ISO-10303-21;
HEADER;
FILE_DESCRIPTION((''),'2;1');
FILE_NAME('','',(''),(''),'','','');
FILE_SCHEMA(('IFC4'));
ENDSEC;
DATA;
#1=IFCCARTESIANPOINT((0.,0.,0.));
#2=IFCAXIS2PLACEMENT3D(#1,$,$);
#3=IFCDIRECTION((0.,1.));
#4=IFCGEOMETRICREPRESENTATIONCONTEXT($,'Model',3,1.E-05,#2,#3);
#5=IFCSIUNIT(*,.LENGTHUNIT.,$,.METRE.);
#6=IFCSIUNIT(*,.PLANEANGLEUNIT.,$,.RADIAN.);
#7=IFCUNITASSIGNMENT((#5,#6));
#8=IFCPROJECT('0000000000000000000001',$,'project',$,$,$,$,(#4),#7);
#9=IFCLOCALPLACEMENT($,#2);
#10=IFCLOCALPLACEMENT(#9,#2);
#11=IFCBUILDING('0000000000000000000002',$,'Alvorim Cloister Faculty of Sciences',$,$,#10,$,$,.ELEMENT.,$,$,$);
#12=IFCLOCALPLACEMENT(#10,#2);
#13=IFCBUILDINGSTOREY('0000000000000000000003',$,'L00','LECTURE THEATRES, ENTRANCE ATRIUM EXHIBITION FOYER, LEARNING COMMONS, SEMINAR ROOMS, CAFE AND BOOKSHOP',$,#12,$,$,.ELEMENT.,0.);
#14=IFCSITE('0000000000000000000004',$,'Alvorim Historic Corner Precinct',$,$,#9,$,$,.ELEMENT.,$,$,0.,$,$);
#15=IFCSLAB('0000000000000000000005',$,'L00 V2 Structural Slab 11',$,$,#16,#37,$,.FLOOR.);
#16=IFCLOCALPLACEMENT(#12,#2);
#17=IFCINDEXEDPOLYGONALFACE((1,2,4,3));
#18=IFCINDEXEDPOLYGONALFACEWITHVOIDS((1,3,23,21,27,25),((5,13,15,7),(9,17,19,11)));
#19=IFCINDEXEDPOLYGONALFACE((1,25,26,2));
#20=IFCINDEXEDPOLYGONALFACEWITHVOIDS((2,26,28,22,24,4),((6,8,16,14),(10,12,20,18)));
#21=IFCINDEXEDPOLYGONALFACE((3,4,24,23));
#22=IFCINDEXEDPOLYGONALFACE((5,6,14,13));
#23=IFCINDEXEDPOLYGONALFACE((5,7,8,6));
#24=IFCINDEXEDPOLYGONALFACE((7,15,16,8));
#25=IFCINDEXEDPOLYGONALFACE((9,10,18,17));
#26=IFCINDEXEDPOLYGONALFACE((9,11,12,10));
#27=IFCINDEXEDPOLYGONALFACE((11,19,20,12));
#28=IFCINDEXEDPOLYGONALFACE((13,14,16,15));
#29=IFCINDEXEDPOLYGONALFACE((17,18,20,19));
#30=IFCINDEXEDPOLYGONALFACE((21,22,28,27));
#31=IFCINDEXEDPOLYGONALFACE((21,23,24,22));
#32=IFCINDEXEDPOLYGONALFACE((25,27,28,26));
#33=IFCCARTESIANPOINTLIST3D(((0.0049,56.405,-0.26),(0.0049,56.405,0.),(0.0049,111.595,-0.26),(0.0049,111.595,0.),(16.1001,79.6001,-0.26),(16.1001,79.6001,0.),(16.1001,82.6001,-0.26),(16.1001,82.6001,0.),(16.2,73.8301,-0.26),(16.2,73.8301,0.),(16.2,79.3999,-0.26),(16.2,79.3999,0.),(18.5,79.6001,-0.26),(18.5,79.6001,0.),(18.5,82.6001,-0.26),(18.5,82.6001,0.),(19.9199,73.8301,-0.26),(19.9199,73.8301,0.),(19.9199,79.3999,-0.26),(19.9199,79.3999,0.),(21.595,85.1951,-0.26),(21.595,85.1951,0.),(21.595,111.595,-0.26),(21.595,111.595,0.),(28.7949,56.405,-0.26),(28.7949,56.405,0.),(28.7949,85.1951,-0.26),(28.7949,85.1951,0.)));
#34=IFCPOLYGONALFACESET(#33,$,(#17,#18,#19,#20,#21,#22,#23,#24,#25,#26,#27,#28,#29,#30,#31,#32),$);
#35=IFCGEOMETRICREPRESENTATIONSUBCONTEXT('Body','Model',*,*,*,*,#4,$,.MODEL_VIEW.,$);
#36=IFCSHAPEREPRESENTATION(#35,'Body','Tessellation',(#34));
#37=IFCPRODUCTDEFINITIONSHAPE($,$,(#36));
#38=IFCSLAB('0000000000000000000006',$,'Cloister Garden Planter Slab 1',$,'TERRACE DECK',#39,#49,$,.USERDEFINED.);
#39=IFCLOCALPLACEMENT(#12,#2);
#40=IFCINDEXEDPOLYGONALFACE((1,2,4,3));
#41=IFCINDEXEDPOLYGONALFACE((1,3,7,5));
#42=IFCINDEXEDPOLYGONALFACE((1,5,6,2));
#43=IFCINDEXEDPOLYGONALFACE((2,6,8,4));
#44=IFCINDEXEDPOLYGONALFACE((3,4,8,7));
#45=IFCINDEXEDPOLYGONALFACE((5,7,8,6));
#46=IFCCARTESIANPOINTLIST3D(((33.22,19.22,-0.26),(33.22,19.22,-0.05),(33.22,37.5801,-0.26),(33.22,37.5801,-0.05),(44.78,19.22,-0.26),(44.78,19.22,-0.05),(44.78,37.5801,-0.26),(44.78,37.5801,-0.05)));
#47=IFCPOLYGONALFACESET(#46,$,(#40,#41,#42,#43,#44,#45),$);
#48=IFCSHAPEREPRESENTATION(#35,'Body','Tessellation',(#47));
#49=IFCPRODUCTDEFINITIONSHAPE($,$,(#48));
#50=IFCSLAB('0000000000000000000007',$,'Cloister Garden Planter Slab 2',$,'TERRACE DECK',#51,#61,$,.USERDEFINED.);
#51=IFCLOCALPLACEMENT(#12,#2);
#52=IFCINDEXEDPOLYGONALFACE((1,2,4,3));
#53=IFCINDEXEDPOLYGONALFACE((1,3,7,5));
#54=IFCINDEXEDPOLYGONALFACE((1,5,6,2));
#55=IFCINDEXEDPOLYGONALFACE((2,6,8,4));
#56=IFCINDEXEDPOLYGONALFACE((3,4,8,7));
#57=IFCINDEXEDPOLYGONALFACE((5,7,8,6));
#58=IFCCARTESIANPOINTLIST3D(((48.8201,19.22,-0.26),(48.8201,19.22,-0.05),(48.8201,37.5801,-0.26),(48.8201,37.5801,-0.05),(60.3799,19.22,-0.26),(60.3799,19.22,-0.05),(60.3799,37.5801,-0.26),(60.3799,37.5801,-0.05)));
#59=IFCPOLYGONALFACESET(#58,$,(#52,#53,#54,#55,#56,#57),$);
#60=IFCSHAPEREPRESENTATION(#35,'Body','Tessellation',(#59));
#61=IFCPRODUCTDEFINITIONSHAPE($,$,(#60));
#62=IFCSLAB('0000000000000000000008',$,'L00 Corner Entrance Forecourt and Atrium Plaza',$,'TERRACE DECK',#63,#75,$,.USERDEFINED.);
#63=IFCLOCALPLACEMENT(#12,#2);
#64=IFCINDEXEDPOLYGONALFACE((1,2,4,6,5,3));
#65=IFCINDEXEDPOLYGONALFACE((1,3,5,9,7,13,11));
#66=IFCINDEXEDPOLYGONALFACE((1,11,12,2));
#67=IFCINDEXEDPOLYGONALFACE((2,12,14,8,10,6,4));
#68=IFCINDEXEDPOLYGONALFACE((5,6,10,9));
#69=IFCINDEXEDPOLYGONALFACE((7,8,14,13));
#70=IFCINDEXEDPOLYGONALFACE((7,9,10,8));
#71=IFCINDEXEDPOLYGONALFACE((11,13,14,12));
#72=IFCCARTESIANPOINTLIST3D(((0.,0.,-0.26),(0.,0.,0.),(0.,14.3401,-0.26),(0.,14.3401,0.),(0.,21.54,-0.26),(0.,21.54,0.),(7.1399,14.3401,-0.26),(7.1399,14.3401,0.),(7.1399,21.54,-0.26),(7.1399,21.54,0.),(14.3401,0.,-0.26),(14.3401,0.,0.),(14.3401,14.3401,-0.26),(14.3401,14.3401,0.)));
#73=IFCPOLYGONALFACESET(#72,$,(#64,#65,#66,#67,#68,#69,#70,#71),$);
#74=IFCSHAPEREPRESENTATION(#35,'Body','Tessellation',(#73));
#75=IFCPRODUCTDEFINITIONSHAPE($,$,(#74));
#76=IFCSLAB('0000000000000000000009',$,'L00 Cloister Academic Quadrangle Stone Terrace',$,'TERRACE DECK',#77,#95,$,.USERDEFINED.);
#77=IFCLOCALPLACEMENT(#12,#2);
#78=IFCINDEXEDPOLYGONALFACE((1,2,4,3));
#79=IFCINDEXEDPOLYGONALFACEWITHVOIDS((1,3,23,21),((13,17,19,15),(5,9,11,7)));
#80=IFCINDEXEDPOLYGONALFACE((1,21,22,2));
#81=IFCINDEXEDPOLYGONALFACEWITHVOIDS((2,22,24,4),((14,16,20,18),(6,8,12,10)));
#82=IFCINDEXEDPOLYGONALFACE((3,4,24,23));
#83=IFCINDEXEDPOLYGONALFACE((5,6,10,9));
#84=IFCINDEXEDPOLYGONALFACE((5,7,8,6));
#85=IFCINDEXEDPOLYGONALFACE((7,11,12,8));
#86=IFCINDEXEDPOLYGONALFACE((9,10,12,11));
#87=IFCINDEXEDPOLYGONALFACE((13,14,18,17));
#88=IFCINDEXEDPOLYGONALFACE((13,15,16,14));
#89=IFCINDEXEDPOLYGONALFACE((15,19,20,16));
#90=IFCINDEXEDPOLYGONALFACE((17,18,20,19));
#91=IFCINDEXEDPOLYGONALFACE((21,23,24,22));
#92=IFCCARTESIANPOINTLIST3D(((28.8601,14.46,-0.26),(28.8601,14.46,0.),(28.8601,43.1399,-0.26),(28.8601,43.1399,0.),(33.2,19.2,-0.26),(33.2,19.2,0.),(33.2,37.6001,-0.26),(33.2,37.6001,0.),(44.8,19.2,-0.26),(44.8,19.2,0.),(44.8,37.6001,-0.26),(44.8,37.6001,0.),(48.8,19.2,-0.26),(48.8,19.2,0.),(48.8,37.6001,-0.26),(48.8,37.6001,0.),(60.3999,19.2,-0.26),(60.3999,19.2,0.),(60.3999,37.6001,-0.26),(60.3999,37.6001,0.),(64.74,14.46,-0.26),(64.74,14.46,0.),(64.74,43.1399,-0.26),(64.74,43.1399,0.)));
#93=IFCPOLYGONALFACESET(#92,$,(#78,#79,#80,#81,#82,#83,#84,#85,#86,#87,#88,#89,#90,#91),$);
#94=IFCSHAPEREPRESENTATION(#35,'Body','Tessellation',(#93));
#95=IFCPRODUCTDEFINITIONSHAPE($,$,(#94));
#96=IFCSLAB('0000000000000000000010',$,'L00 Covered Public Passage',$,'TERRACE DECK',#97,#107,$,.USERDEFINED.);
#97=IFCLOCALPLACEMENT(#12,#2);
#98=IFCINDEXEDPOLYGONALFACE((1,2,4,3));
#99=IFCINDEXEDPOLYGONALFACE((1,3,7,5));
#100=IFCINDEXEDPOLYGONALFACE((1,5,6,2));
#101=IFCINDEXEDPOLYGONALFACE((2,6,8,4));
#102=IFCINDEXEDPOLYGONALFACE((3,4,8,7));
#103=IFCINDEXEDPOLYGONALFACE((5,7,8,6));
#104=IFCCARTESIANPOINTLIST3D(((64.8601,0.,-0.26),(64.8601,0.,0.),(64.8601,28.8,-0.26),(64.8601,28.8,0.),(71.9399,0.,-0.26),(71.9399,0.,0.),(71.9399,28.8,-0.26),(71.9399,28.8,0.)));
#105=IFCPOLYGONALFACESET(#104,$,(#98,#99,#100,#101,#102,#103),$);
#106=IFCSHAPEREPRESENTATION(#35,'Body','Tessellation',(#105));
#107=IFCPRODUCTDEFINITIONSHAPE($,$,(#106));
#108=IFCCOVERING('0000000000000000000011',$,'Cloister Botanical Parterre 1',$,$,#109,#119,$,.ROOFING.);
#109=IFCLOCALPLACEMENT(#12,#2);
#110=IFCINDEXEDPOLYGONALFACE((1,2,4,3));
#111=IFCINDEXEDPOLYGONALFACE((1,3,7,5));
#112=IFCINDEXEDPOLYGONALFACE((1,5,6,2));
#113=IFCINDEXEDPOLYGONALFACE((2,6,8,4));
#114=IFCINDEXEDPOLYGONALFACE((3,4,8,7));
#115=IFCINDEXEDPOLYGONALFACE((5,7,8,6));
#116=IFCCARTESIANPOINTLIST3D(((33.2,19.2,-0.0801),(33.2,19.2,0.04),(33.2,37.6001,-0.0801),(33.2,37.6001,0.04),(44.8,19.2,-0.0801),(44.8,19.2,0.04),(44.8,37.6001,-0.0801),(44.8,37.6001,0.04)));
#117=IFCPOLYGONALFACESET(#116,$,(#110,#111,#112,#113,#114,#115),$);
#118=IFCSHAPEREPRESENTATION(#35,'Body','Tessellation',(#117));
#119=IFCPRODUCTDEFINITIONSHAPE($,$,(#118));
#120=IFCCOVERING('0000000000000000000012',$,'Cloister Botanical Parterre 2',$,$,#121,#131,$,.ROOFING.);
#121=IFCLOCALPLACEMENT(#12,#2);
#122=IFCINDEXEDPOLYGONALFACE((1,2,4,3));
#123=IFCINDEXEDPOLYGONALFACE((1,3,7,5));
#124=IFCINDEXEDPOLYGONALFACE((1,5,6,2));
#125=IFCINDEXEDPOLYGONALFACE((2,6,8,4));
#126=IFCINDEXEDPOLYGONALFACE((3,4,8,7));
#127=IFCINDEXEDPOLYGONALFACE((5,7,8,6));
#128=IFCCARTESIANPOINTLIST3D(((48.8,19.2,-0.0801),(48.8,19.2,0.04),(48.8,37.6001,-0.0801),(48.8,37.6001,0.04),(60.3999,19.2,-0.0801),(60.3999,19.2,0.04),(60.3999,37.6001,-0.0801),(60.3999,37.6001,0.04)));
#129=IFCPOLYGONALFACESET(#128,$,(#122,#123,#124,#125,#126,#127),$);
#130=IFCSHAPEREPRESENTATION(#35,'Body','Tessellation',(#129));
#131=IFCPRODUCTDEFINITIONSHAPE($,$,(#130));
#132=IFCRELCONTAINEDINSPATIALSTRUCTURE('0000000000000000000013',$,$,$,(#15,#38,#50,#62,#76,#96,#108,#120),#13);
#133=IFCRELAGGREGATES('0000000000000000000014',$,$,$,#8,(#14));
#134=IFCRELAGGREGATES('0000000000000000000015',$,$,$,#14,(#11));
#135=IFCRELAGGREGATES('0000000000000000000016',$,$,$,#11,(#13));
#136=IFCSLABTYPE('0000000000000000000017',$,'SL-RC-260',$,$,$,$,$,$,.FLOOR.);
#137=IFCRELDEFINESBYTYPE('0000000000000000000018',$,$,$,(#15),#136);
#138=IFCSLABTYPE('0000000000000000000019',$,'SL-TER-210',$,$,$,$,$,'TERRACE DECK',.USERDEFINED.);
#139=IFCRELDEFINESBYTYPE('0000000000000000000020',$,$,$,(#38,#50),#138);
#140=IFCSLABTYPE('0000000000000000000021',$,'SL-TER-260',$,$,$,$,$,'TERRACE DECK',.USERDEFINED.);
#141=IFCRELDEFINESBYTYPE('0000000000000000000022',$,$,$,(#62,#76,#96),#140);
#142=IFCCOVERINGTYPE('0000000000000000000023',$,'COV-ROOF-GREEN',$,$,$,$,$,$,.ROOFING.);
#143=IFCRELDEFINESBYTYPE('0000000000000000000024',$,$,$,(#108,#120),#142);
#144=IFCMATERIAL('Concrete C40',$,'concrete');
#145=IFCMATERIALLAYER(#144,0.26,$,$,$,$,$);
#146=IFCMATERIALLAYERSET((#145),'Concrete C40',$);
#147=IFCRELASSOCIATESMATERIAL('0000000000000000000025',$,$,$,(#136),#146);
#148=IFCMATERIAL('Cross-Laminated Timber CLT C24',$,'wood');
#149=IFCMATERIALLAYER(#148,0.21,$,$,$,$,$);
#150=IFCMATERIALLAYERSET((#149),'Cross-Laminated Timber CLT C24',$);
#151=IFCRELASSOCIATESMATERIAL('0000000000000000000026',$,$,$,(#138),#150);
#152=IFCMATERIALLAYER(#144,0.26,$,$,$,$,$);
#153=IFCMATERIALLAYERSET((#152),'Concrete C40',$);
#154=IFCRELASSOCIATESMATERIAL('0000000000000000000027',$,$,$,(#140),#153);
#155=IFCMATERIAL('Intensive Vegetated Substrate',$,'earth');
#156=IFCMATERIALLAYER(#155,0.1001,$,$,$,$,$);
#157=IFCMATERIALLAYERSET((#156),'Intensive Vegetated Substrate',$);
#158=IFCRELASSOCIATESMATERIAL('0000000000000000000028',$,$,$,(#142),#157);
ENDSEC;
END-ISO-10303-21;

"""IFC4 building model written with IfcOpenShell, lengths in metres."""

from ifc_helpers import new_model, si_unit, direction, frame, origin, place, context, subcontext, project, spatial, polyline, outline, extrude, material, layer, layer_set, type_object, element, save


model = new_model("IFC4")

# Units and contexts
model_context = context("Model", 3, precision=1e-05, world=origin(), true_north=direction((0.0, 1.0)))
body_context = subcontext(model_context, "Body", "Model", "MODEL_VIEW")
ifc_project = project(units=[si_unit("LENGTHUNIT", "METRE"), si_unit("PLANEANGLEUNIT", "RADIAN")], contexts=[model_context])

# Site, building, storey
site_placement = place(None, origin())
site = spatial("IfcSite", under=ifc_project, at=site_placement, Name="Alvorim Historic Corner Precinct", CompositionType="ELEMENT", RefElevation=0.0)
building_placement = place(site_placement, origin())
building = spatial("IfcBuilding", under=site, at=building_placement, Name="Alvorim Cloister Faculty of Sciences", CompositionType="ELEMENT")
storey_placement = place(building_placement, origin())
storey = spatial("IfcBuildingStorey", under=building, at=storey_placement, Name="L00", Description="LECTURE THEATRES, ENTRANCE ATRIUM EXHIBITION FOYER, LEARNING COMMONS, SEMINAR ROOMS, CAFE AND BOOKSHOP", CompositionType="ELEMENT", Elevation=0.0)

# Shared definitions
ifc_material_1 = material(Name="Concrete C40", Category="concrete")

# Slabs
ifc_layer_1 = layer(ifc_material_1, 0.26)
ifc_layer_set_1 = layer_set([ifc_layer_1], Name="Concrete C40")
slab_type_1 = type_object("IfcSlabType", Name="SL-RC-260", PredefinedType="FLOOR", material=ifc_layer_set_1)
slab_1_placement = place(storey_placement, frame((0.0, 0.0, -0.26)))
element("IfcSlab", 1, at=slab_1_placement, inside=storey, type_object=slab_type_1, Name="L00 V2 Structural Slab 11", PredefinedType="FLOOR", context=body_context, shape_type="SweptSolid", body=[
    extrude(outline(polyline([(28.7949, 56.405), (0.0049, 56.405), (0.0049, 111.595), (21.595, 111.595), (21.595, 85.1951), (28.7949, 85.1951), (28.7949, 56.405)]), holes=[polyline([(18.5, 82.6001), (16.1001, 82.6001), (16.1001, 79.6001), (18.5, 79.6001), (18.5, 82.6001)]), polyline([(19.9199, 79.3999), (16.2, 79.3999), (16.2, 73.8301), (19.9199, 73.8301), (19.9199, 79.3999)])]), origin(), (0.0, 0.0, 1.0), 0.26),
])
ifc_material_2 = material(Name="Cross-Laminated Timber CLT C24", Category="wood")
ifc_layer_2 = layer(ifc_material_2, 0.21)
ifc_layer_set_2 = layer_set([ifc_layer_2], Name="Cross-Laminated Timber CLT C24")
slab_type_2 = type_object("IfcSlabType", Name="SL-TER-210", ElementType="TERRACE DECK", PredefinedType="USERDEFINED", material=ifc_layer_set_2)
slab_2_placement = place(storey_placement, frame((0.0, 0.0, -0.26)))
element("IfcSlab", 2, at=slab_2_placement, inside=storey, type_object=slab_type_2, Name="Cloister Garden Planter Slab 1", ObjectType="TERRACE DECK", PredefinedType="USERDEFINED", context=body_context, shape_type="SweptSolid", body=[
    extrude(outline(polyline([(33.22, 19.22), (44.78, 19.22), (44.78, 37.5801), (33.22, 37.5801), (33.22, 19.22)])), origin(), (0.0, 0.0, 1.0), 0.21),
])
slab_3_placement = place(storey_placement, frame((0.0, 0.0, -0.26)))
element("IfcSlab", 3, at=slab_3_placement, inside=storey, type_object=slab_type_2, Name="Cloister Garden Planter Slab 2", ObjectType="TERRACE DECK", PredefinedType="USERDEFINED", context=body_context, shape_type="SweptSolid", body=[
    extrude(outline(polyline([(48.8201, 19.22), (60.3799, 19.22), (60.3799, 37.5801), (48.8201, 37.5801), (48.8201, 19.22)])), origin(), (0.0, 0.0, 1.0), 0.21),
])
ifc_layer_3 = layer(ifc_material_1, 0.26)
ifc_layer_set_3 = layer_set([ifc_layer_3], Name="Concrete C40")
slab_type_3 = type_object("IfcSlabType", Name="SL-TER-260", ElementType="TERRACE DECK", PredefinedType="USERDEFINED", material=ifc_layer_set_3)
slab_4_placement = place(storey_placement, frame((0.0, 0.0, -0.26)))
element("IfcSlab", 4, at=slab_4_placement, inside=storey, type_object=slab_type_3, Name="L00 Corner Entrance Forecourt and Atrium Plaza", ObjectType="TERRACE DECK", PredefinedType="USERDEFINED", context=body_context, shape_type="SweptSolid", body=[
    extrude(outline(polyline([(14.3401, 0.0), (0.0, 0.0), (0.0, 14.3401), (0.0, 21.54), (7.1399, 21.54), (7.1399, 14.3401), (14.3401, 14.3401), (14.3401, 0.0)])), origin(), (0.0, 0.0, 1.0), 0.26),
])
slab_5_placement = place(storey_placement, frame((0.0, 0.0, -0.26)))
element("IfcSlab", 5, at=slab_5_placement, inside=storey, type_object=slab_type_3, Name="L00 Cloister Academic Quadrangle Stone Terrace", ObjectType="TERRACE DECK", PredefinedType="USERDEFINED", context=body_context, shape_type="SweptSolid", body=[
    extrude(outline(polyline([(28.8601, 43.1399), (64.74, 43.1399), (64.74, 14.46), (28.8601, 14.46), (28.8601, 43.1399)]), holes=[polyline([(33.2, 19.2), (44.8, 19.2), (44.8, 37.6001), (33.2, 37.6001), (33.2, 19.2)]), polyline([(48.8, 19.2), (60.3999, 19.2), (60.3999, 37.6001), (48.8, 37.6001), (48.8, 19.2)])]), origin(), (0.0, 0.0, 1.0), 0.26),
])
slab_6_placement = place(storey_placement, frame((0.0, 0.0, -0.26)))
element("IfcSlab", 6, at=slab_6_placement, inside=storey, type_object=slab_type_3, Name="L00 Covered Public Passage", ObjectType="TERRACE DECK", PredefinedType="USERDEFINED", context=body_context, shape_type="SweptSolid", body=[
    extrude(outline(polyline([(64.8601, 0.0), (64.8601, 28.8), (71.9399, 28.8), (71.9399, 0.0), (64.8601, 0.0)])), origin(), (0.0, 0.0, 1.0), 0.26),
])

# Coverings
ifc_material_3 = material(Name="Intensive Vegetated Substrate", Category="earth")
ifc_layer_4 = layer(ifc_material_3, 0.1001)
ifc_layer_set_4 = layer_set([ifc_layer_4], Name="Intensive Vegetated Substrate")
covering_type = type_object("IfcCoveringType", Name="COV-ROOF-GREEN", PredefinedType="ROOFING", material=ifc_layer_set_4)
covering_1_placement = place(storey_placement, frame((0.0, 0.0, -0.0801)))
element("IfcCovering", 7, at=covering_1_placement, inside=storey, type_object=covering_type, Name="Cloister Botanical Parterre 1", PredefinedType="ROOFING", context=body_context, shape_type="SweptSolid", body=[
    extrude(outline(polyline([(33.2, 19.2), (44.8, 19.2), (44.8, 37.6001), (33.2, 37.6001), (33.2, 19.2)])), origin(), (0.0, 0.0, 1.0), 0.1201),
])
covering_2_placement = place(storey_placement, frame((0.0, 0.0, -0.0801)))
element("IfcCovering", 8, at=covering_2_placement, inside=storey, type_object=covering_type, Name="Cloister Botanical Parterre 2", PredefinedType="ROOFING", context=body_context, shape_type="SweptSolid", body=[
    extrude(outline(polyline([(48.8, 19.2), (60.3999, 19.2), (60.3999, 37.6001), (48.8, 37.6001), (48.8, 19.2)])), origin(), (0.0, 0.0, 1.0), 0.1201),
])

save(model, "model.ifc")
